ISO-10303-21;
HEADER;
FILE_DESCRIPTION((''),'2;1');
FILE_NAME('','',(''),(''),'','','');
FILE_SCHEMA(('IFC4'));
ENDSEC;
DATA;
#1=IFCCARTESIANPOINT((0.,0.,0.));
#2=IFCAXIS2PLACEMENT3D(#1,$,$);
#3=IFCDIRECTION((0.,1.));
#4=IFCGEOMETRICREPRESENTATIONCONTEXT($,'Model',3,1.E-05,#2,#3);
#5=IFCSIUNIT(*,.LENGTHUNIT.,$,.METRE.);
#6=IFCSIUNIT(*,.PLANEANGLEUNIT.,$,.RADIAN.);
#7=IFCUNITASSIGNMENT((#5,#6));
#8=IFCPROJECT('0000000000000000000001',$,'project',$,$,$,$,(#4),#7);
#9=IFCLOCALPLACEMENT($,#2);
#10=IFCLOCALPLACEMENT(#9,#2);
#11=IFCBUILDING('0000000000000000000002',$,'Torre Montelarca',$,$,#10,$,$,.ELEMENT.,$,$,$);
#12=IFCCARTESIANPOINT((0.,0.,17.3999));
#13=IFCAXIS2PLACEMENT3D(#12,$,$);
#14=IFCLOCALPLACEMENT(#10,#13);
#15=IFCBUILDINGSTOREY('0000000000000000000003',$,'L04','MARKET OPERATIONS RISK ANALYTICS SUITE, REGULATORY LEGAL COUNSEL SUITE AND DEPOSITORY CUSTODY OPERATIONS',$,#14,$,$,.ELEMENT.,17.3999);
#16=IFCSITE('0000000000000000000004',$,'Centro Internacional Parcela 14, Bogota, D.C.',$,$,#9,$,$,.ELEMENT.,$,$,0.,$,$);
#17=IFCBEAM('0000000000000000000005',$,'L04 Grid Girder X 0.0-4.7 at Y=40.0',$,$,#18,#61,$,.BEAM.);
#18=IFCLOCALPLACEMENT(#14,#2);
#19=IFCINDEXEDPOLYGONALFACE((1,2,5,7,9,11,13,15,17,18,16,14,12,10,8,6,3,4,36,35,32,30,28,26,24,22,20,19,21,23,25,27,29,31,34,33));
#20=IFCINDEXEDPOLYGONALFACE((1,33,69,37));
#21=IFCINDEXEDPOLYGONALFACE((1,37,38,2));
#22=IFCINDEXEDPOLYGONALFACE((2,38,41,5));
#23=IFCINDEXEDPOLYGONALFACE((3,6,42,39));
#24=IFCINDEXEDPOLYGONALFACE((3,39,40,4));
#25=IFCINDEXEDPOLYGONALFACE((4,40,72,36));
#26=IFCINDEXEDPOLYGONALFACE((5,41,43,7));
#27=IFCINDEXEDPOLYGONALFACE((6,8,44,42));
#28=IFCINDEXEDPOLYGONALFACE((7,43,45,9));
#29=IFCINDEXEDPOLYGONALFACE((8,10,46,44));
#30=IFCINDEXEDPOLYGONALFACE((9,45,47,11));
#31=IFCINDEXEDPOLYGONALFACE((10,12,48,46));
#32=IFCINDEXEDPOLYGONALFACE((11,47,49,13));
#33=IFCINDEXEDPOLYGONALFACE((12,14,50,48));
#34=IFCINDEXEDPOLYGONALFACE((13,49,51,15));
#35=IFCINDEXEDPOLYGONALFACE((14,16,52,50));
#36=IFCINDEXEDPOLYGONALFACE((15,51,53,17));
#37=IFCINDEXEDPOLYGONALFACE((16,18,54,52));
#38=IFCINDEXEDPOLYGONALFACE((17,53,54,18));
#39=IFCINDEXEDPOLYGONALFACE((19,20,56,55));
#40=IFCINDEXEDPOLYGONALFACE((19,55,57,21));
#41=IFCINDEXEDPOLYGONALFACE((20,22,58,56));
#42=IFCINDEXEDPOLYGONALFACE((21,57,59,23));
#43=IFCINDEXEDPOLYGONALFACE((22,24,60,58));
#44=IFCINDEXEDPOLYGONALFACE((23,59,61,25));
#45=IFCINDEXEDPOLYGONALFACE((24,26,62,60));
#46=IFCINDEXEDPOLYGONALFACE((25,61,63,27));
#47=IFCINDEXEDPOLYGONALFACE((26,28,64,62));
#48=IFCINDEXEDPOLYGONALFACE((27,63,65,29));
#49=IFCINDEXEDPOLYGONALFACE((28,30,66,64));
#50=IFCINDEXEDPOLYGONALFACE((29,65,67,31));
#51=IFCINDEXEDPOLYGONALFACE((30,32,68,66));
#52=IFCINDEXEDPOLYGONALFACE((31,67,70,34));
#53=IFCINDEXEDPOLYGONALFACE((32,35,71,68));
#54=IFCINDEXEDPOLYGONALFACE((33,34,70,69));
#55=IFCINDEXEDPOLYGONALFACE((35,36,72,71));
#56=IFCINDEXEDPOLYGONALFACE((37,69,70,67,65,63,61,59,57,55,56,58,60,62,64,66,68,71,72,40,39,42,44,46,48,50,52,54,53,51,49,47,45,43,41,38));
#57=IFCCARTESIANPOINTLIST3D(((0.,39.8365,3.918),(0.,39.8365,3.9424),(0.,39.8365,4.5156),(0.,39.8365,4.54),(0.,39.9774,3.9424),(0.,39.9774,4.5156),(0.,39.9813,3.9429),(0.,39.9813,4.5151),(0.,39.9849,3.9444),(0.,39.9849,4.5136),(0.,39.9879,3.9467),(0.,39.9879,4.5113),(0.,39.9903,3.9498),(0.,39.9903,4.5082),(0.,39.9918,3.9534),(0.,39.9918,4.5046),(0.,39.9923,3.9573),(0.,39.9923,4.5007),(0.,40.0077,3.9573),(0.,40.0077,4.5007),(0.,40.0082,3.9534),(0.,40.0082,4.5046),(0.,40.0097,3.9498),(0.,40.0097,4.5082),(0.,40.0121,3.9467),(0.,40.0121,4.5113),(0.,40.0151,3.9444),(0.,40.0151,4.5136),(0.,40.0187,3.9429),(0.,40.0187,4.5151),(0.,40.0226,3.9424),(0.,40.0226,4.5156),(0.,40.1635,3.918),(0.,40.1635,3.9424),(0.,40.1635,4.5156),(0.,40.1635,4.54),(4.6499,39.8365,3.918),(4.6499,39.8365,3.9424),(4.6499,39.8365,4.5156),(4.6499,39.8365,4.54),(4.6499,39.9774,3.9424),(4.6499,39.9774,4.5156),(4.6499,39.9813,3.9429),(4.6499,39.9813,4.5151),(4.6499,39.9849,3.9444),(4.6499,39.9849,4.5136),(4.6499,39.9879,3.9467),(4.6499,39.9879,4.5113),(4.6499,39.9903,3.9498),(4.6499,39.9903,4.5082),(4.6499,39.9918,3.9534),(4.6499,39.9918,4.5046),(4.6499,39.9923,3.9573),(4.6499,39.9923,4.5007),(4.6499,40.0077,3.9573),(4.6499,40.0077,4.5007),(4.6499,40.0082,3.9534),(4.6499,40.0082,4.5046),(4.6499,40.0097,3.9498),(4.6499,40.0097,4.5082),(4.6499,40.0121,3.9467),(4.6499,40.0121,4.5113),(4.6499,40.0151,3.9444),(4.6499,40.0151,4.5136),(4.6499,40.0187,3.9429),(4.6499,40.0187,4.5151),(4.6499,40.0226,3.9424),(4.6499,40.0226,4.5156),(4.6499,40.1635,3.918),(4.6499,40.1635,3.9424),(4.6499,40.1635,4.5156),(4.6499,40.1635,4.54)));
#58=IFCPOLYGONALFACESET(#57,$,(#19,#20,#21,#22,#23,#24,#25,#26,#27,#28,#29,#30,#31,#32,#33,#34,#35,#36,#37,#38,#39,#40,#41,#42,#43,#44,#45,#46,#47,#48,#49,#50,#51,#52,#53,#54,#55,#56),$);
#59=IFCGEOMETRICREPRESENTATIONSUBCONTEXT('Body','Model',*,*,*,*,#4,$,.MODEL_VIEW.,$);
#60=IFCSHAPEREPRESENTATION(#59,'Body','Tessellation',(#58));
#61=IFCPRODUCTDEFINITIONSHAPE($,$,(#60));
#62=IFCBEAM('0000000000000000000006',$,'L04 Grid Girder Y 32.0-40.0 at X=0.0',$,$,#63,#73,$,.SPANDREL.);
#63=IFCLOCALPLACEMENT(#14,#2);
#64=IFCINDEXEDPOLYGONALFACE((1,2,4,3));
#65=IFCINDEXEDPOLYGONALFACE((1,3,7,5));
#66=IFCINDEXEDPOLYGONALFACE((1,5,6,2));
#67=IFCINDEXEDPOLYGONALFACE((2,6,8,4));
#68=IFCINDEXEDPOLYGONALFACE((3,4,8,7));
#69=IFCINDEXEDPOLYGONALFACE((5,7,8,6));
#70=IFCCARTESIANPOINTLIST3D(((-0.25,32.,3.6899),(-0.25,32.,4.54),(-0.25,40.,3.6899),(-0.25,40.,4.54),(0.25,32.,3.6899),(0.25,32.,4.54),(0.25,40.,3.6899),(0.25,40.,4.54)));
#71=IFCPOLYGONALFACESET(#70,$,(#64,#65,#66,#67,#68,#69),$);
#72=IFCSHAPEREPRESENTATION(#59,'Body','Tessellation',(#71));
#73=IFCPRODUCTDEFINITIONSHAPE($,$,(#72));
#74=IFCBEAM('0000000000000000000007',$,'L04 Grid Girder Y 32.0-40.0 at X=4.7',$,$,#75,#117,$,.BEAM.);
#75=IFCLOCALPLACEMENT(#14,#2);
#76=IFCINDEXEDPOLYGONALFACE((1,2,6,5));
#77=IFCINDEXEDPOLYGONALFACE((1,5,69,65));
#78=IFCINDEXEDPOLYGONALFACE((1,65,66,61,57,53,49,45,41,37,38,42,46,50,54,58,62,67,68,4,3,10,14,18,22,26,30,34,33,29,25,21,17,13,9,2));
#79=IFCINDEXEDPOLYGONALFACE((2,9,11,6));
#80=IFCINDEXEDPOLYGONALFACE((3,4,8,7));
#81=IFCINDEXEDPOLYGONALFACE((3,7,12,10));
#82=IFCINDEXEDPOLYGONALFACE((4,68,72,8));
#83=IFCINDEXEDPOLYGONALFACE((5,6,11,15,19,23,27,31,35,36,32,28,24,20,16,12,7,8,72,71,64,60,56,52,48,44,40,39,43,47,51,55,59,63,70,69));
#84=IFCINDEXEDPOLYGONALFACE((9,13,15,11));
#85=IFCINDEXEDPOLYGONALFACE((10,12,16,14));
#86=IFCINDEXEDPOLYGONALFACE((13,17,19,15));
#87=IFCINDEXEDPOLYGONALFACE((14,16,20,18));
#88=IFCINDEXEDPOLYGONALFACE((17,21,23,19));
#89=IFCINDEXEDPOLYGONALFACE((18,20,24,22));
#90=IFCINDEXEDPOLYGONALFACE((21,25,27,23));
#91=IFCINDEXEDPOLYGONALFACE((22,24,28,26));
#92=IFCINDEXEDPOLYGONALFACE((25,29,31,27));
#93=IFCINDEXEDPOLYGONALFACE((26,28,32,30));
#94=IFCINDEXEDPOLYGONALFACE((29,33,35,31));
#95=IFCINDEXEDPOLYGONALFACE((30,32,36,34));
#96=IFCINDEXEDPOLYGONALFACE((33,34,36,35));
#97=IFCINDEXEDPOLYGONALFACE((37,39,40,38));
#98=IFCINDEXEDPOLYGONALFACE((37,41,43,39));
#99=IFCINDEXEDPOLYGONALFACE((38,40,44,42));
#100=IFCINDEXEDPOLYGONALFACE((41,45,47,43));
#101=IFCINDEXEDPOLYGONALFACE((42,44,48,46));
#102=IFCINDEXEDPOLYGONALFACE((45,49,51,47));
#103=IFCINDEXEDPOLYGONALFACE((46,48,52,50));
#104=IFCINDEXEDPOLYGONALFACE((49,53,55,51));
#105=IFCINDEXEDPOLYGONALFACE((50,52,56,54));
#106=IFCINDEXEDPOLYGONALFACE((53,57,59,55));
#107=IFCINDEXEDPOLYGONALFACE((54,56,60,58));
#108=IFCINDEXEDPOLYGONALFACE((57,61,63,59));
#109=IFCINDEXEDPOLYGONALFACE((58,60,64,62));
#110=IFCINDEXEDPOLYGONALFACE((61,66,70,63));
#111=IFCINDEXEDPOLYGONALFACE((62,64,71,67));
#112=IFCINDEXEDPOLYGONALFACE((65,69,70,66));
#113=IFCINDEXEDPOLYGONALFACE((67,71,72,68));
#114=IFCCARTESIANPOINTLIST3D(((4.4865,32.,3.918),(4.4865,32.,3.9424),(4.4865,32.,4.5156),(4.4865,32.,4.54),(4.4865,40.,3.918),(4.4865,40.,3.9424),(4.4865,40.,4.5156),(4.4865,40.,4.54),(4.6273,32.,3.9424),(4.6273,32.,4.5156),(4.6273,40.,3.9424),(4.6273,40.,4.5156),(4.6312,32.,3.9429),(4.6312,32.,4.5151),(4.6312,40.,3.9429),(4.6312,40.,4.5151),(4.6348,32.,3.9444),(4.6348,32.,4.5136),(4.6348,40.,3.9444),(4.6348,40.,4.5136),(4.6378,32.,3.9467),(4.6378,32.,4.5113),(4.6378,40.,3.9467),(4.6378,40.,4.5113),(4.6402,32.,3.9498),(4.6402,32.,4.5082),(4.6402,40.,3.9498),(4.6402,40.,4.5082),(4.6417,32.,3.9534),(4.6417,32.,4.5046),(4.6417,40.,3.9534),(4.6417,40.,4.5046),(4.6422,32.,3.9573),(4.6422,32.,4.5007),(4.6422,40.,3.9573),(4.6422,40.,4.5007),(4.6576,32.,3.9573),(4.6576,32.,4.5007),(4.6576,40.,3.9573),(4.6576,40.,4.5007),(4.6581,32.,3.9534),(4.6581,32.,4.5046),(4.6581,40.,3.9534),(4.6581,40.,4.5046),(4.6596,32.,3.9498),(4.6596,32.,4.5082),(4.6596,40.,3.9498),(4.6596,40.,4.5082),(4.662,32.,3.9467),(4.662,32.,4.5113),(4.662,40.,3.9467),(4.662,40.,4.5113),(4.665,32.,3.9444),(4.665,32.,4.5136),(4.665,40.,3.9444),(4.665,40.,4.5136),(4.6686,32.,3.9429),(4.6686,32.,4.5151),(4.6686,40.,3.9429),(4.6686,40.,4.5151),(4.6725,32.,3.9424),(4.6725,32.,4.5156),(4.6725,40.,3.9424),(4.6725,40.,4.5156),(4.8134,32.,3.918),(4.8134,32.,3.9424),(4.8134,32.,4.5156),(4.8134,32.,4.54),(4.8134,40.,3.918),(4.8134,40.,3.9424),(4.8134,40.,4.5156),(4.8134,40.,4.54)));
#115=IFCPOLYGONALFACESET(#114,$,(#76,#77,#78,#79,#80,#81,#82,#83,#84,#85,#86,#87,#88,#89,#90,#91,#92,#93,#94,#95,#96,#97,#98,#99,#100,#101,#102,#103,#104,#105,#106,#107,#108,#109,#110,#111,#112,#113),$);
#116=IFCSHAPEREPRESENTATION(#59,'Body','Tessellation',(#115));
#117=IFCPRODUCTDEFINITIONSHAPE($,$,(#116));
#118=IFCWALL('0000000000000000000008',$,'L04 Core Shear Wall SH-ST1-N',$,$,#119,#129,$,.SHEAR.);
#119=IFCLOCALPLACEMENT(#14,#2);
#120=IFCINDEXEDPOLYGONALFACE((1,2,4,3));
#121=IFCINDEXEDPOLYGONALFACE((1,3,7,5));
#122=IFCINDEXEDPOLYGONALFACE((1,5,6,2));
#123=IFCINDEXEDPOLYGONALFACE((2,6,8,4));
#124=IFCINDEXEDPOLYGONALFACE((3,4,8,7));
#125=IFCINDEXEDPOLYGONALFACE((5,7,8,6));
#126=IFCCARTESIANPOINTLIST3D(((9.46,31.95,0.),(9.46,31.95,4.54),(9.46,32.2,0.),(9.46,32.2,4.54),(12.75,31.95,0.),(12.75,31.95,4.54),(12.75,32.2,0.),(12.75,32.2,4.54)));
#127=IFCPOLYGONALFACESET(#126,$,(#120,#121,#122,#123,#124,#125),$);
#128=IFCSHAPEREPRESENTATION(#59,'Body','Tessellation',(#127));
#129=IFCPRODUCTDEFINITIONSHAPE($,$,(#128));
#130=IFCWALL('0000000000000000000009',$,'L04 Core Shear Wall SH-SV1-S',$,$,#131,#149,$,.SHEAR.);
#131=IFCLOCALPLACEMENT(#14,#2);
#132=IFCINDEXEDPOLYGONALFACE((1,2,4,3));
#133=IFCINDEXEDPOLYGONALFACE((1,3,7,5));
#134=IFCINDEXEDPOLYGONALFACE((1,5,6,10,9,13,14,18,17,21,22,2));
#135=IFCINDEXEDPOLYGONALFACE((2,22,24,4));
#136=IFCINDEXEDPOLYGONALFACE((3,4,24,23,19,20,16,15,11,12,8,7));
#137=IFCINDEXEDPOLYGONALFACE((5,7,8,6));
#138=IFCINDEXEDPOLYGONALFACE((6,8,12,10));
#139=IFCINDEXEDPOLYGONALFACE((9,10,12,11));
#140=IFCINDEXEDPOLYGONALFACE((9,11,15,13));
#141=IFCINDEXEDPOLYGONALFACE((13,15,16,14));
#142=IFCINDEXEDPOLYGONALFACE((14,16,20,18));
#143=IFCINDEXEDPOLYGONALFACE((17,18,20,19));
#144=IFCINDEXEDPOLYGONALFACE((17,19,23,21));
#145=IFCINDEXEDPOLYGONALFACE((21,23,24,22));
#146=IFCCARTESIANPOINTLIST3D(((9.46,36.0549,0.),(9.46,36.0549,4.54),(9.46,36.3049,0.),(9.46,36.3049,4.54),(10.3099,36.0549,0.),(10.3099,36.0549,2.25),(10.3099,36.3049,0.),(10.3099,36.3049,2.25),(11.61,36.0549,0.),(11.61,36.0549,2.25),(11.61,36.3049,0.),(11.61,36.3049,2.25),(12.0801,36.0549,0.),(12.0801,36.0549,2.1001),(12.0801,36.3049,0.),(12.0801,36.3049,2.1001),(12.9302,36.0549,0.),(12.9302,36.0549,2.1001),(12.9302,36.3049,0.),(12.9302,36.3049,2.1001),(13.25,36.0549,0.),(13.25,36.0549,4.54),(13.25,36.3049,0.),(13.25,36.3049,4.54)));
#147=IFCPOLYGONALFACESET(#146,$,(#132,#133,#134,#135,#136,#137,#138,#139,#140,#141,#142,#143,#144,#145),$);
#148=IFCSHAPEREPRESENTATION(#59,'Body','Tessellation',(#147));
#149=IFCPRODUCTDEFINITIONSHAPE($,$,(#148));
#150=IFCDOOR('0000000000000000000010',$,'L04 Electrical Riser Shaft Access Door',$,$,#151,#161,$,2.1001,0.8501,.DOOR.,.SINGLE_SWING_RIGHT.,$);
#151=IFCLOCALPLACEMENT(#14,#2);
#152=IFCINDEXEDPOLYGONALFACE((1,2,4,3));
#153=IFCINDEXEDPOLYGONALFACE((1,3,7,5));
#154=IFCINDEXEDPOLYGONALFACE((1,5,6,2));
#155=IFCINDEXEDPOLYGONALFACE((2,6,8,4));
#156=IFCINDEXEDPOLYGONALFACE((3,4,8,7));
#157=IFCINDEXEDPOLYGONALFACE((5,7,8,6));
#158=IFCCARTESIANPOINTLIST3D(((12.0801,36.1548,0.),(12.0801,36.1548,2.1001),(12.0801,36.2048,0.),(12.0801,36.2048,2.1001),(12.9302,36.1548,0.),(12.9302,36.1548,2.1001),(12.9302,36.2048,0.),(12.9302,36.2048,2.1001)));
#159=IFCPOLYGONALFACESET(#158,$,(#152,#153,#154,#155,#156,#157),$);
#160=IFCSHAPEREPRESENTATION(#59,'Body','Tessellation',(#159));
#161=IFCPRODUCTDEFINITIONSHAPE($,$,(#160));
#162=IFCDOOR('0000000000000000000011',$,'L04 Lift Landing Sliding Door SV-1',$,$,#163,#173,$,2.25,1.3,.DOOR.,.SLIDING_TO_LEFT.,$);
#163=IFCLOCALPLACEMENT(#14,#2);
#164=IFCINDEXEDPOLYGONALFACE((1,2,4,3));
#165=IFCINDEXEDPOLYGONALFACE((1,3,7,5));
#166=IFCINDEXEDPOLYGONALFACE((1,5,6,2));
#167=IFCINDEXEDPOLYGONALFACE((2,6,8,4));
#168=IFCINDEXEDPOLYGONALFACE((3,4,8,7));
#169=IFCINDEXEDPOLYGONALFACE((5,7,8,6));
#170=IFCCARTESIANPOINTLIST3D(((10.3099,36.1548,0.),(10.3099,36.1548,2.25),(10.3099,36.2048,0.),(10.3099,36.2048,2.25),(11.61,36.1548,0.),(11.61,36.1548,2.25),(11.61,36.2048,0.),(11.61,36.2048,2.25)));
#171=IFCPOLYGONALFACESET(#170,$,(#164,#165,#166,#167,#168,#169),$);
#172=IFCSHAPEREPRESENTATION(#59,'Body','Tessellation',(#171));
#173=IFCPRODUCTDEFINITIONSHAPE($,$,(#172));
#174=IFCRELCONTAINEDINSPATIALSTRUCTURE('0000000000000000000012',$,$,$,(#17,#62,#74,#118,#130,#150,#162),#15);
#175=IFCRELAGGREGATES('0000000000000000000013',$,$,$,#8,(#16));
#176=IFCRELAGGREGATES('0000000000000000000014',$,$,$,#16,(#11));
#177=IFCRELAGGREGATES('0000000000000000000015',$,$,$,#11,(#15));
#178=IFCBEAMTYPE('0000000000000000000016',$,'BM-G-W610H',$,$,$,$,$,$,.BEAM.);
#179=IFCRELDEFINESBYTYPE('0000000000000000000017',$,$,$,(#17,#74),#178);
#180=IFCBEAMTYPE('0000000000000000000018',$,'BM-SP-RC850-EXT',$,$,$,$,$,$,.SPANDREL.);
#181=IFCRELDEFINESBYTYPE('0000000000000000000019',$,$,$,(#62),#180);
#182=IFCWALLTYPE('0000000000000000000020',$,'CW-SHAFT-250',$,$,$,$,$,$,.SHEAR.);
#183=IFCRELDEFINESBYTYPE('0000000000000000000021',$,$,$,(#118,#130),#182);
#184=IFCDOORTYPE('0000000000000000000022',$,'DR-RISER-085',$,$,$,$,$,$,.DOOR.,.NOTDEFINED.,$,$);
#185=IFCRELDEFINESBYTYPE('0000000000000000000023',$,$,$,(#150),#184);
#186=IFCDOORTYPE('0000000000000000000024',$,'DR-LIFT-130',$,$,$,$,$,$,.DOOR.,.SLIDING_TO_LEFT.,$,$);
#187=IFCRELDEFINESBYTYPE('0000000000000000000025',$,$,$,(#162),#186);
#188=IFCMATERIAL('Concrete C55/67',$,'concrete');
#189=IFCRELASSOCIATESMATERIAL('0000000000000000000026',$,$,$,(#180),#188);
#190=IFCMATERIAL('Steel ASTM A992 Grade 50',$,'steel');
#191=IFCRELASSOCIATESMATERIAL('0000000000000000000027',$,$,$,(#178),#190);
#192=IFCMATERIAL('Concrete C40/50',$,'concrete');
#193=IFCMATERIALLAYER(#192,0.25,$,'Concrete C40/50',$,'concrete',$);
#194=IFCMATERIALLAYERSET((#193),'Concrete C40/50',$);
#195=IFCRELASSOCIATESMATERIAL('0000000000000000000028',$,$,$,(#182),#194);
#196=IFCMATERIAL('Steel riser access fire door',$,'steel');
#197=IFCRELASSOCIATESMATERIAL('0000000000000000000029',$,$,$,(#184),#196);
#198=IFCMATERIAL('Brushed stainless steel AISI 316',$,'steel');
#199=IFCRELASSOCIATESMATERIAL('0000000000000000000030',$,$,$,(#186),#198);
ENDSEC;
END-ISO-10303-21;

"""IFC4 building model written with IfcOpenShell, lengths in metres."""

from ifc_helpers import new_model, si_unit, direction, frame, frame_2d, origin, origin_2d, place, context, subcontext, project, spatial, rectangle, i_section, extrude, source, transform, mapped, material, layer, layer_set, material_profile, profile_set, type_object, element, fill, save


model = new_model("IFC4")

# Units and contexts
model_context = context("Model", 3, precision=1e-05, world=origin(), true_north=direction((0.0, 1.0)))
body_context = subcontext(model_context, "Body", "Model", "MODEL_VIEW")
ifc_project = project(units=[si_unit("LENGTHUNIT", "METRE"), si_unit("PLANEANGLEUNIT", "RADIAN")], contexts=[model_context])

# Site, building, storey
site_placement = place(None, origin())
site = spatial("IfcSite", under=ifc_project, at=site_placement, Name="Centro Internacional Parcela 14, Bogota, D.C.", CompositionType="ELEMENT", RefElevation=0.0)
building_placement = place(site_placement, origin())
building = spatial("IfcBuilding", under=site, at=building_placement, Name="Torre Montelarca", CompositionType="ELEMENT")
storey_placement = place(building_placement, frame((0.0, 0.0, 17.3999)))
storey = spatial("IfcBuildingStorey", under=building, at=storey_placement, Name="L04", Description="MARKET OPERATIONS RISK ANALYTICS SUITE, REGULATORY LEGAL COUNSEL SUITE AND DEPOSITORY CUSTODY OPERATIONS", CompositionType="ELEMENT", Elevation=17.3999)

# Shared definitions
ifc_material_1 = material(Name="Concrete C55/67", Category="concrete")

# Beams
ifc_material_profile_1 = material_profile(ifc_material_1, rectangle(XDim=0.5, YDim=0.8501, at=origin_2d()), Name="RCB500X850", Category="concrete")
ifc_profile_set_1 = profile_set([ifc_material_profile_1], Name="Concrete C55/67")
beam_type_1 = type_object("IfcBeamType", Name="BM-SP-RC850-EXT", PredefinedType="SPANDREL", material=ifc_profile_set_1)
ifc_material_2 = material(Name="Steel ASTM A992 Grade 50", Category="steel")
ifc_material_profile_2 = material_profile(ifc_material_2, i_section(OverallWidth=0.3269, OverallDepth=0.6221, WebThickness=0.0154, FlangeThickness=0.0244, FilletRadius=0.0149, at=origin_2d()), Name="W610X195", Category="steel")
ifc_profile_set_2 = profile_set([ifc_material_profile_2], Name="Steel ASTM A992 Grade 50")
beam_type_2 = type_object("IfcBeamType", Name="BM-G-W610H", PredefinedType="BEAM", material=ifc_profile_set_2)
shared_shape_1 = source(origin(), body_context, "Body", "SweptSolid", [
    extrude(i_section(OverallWidth=0.3269, OverallDepth=0.6221, WebThickness=0.0154, FlangeThickness=0.0244, FilletRadius=0.0149, at=origin_2d()), origin(), (0.0, 0.0, 1.0), 4.6499),
])
for number, where, z_axis, x_axis, name in (
    (1, (0.0, 40.0, 4.229), (1.0, 0.0, 0.0), (0.0, 1.0, 0.0), "L04 Grid Girder X 0.0-4.7 at Y=40.0"),
):
    element("IfcBeam", number, at=place(storey_placement, frame(where, z_axis=z_axis, x_axis=x_axis)), inside=storey, type_object=beam_type_2, Name=name, PredefinedType="BEAM", context=body_context, shape_type="MappedRepresentation", body=[
        mapped(shared_shape_1, transform((0.0, 0.0, 0.0), scale=1.0)),
    ])
shared_shape_2 = source(origin(), body_context, "Body", "SweptSolid", [
    extrude(rectangle(XDim=0.5, YDim=0.8501, at=origin_2d()), origin(), (0.0, 0.0, 1.0), 8.0),
])
beam_1_placement = place(storey_placement, frame((0.0, 32.0, 4.115), z_axis=(0.0, 1.0, 0.0), x_axis=(-1.0, 0.0, 0.0)))
element("IfcBeam", 2, at=beam_1_placement, inside=storey, type_object=beam_type_1, Name="L04 Grid Girder Y 32.0-40.0 at X=0.0", PredefinedType="SPANDREL", context=body_context, shape_type="MappedRepresentation", body=[
    mapped(shared_shape_2, transform((0.0, 0.0, 0.0), scale=1.0)),
])
shared_shape_3 = source(origin(), body_context, "Body", "SweptSolid", [
    extrude(i_section(OverallWidth=0.3269, OverallDepth=0.6221, WebThickness=0.0154, FlangeThickness=0.0244, FilletRadius=0.0149, at=origin_2d()), origin(), (0.0, 0.0, 1.0), 8.0),
])
beam_2_placement = place(storey_placement, frame((4.6499, 32.0, 4.229), z_axis=(0.0, 1.0, 0.0), x_axis=(-1.0, 0.0, 0.0)))
element("IfcBeam", 3, at=beam_2_placement, inside=storey, type_object=beam_type_2, Name="L04 Grid Girder Y 32.0-40.0 at X=4.7", PredefinedType="BEAM", context=body_context, shape_type="MappedRepresentation", body=[
    mapped(shared_shape_3, transform((0.0, 0.0, 0.0), scale=1.0)),
])

# Wall
ifc_material_3 = material(Name="Concrete C40/50", Category="concrete")
ifc_layer_1 = layer(ifc_material_3, 0.25, Name="Concrete C40/50", Category="concrete")
ifc_layer_set_1 = layer_set([ifc_layer_1], Name="Concrete C40/50")
wall_type_1 = type_object("IfcWallType", Name="CW-SHAFT-250", PredefinedType="SHEAR", material=ifc_layer_set_1)
wall_1_placement = place(storey_placement, frame((9.46, 32.075, 0.0), z_axis=(0.0, 0.0, 1.0), x_axis=(1.0, 0.0, 0.0)))
element("IfcWall", 4, at=wall_1_placement, inside=storey, type_object=wall_type_1, Name="L04 Core Shear Wall SH-ST1-N", PredefinedType="SHEAR", context=body_context, shape_type="SweptSolid", body=[
    extrude(rectangle(XDim=3.29, YDim=0.25, at=frame_2d((1.645, 0.0))), origin(), (0.0, 0.0, 1.0), 4.54),
])

# Wall, openings, doors
wall_2_placement = place(storey_placement, frame((9.46, 36.1799, 0.0), z_axis=(0.0, 0.0, 1.0), x_axis=(1.0, 0.0, 0.0)))
wall_2 = element("IfcWall", 5, at=wall_2_placement, inside=storey, type_object=wall_type_1, Name="L04 Core Shear Wall SH-SV1-S", PredefinedType="SHEAR", context=body_context, shape_type="SweptSolid", body=[
    extrude(rectangle(XDim=3.79, YDim=0.25, at=frame_2d((1.895, 0.0))), origin(), (0.0, 0.0, 1.0), 4.54),
])
opening_1_placement = place(wall_2_placement, frame((2.6201, 0.0, 0.0)))
opening_1 = element("IfcOpeningElement", 6, at=opening_1_placement, cuts=wall_2, PredefinedType="OPENING", context=body_context, shape_type="SweptSolid", body=[
    extrude(rectangle(XDim=0.8501, YDim=2.1001, at=frame_2d((0.425, 1.05))), frame((0.0, 0.135, 0.0), z_axis=(0.0, -1.0, 0.0), x_axis=(1.0, 0.0, 0.0)), (0.0, 0.0, 1.0), 0.27),
])
opening_2_placement = place(wall_2_placement, frame((0.8501, 0.0, 0.0)))
opening_2 = element("IfcOpeningElement", 7, at=opening_2_placement, cuts=wall_2, PredefinedType="OPENING", context=body_context, shape_type="SweptSolid", body=[
    extrude(rectangle(XDim=1.3, YDim=2.25, at=frame_2d((0.6499, 1.125))), frame((0.0, 0.135, 0.0), z_axis=(0.0, -1.0, 0.0), x_axis=(1.0, 0.0, 0.0)), (0.0, 0.0, 1.0), 0.27),
])
ifc_material_4 = material(Name="Steel riser access fire door", Category="steel")
door_type_1 = type_object("IfcDoorType", Name="DR-RISER-085", OperationType="NOTDEFINED", PredefinedType="DOOR", material=ifc_material_4)
shared_shape_4 = source(origin(), body_context, "Body", "SweptSolid", [
    extrude(rectangle(XDim=0.8501, YDim=2.1001, at=frame_2d((0.425, 1.05))), frame((0.0, 0.0249, 0.0), z_axis=(0.0, -1.0, 0.0), x_axis=(1.0, 0.0, 0.0)), (0.0, 0.0, 1.0), 0.05),
])
door_1_placement = place(opening_1_placement, origin())
door_1 = element("IfcDoor", 8, at=door_1_placement, inside=storey, type_object=door_type_1, Name="L04 Electrical Riser Shaft Access Door", OperationType="SINGLE_SWING_RIGHT", OverallHeight=2.1001, OverallWidth=0.8501, PredefinedType="DOOR", context=body_context, shape_type="MappedRepresentation", body=[
    mapped(shared_shape_4, transform((0.0, 0.0, 0.0), scale=1.0)),
])
fill(opening_1, door_1)
ifc_material_5 = material(Name="Brushed stainless steel AISI 316", Category="steel")
door_type_2 = type_object("IfcDoorType", Name="DR-LIFT-130", OperationType="SLIDING_TO_LEFT", PredefinedType="DOOR", material=ifc_material_5)
shared_shape_5 = source(origin(), body_context, "Body", "SweptSolid", [
    extrude(rectangle(XDim=1.3, YDim=2.25, at=frame_2d((0.6499, 1.125))), frame((0.0, 0.0249, 0.0), z_axis=(0.0, -1.0, 0.0), x_axis=(1.0, 0.0, 0.0)), (0.0, 0.0, 1.0), 0.05),
])
door_2_placement = place(opening_2_placement, origin())
door_2 = element("IfcDoor", 9, at=door_2_placement, inside=storey, type_object=door_type_2, Name="L04 Lift Landing Sliding Door SV-1", OperationType="SLIDING_TO_LEFT", OverallHeight=2.25, OverallWidth=1.3, PredefinedType="DOOR", context=body_context, shape_type="MappedRepresentation", body=[
    mapped(shared_shape_5, transform((0.0, 0.0, 0.0), scale=1.0)),
])
fill(opening_2, door_2)

save(model, "model.ifc")
